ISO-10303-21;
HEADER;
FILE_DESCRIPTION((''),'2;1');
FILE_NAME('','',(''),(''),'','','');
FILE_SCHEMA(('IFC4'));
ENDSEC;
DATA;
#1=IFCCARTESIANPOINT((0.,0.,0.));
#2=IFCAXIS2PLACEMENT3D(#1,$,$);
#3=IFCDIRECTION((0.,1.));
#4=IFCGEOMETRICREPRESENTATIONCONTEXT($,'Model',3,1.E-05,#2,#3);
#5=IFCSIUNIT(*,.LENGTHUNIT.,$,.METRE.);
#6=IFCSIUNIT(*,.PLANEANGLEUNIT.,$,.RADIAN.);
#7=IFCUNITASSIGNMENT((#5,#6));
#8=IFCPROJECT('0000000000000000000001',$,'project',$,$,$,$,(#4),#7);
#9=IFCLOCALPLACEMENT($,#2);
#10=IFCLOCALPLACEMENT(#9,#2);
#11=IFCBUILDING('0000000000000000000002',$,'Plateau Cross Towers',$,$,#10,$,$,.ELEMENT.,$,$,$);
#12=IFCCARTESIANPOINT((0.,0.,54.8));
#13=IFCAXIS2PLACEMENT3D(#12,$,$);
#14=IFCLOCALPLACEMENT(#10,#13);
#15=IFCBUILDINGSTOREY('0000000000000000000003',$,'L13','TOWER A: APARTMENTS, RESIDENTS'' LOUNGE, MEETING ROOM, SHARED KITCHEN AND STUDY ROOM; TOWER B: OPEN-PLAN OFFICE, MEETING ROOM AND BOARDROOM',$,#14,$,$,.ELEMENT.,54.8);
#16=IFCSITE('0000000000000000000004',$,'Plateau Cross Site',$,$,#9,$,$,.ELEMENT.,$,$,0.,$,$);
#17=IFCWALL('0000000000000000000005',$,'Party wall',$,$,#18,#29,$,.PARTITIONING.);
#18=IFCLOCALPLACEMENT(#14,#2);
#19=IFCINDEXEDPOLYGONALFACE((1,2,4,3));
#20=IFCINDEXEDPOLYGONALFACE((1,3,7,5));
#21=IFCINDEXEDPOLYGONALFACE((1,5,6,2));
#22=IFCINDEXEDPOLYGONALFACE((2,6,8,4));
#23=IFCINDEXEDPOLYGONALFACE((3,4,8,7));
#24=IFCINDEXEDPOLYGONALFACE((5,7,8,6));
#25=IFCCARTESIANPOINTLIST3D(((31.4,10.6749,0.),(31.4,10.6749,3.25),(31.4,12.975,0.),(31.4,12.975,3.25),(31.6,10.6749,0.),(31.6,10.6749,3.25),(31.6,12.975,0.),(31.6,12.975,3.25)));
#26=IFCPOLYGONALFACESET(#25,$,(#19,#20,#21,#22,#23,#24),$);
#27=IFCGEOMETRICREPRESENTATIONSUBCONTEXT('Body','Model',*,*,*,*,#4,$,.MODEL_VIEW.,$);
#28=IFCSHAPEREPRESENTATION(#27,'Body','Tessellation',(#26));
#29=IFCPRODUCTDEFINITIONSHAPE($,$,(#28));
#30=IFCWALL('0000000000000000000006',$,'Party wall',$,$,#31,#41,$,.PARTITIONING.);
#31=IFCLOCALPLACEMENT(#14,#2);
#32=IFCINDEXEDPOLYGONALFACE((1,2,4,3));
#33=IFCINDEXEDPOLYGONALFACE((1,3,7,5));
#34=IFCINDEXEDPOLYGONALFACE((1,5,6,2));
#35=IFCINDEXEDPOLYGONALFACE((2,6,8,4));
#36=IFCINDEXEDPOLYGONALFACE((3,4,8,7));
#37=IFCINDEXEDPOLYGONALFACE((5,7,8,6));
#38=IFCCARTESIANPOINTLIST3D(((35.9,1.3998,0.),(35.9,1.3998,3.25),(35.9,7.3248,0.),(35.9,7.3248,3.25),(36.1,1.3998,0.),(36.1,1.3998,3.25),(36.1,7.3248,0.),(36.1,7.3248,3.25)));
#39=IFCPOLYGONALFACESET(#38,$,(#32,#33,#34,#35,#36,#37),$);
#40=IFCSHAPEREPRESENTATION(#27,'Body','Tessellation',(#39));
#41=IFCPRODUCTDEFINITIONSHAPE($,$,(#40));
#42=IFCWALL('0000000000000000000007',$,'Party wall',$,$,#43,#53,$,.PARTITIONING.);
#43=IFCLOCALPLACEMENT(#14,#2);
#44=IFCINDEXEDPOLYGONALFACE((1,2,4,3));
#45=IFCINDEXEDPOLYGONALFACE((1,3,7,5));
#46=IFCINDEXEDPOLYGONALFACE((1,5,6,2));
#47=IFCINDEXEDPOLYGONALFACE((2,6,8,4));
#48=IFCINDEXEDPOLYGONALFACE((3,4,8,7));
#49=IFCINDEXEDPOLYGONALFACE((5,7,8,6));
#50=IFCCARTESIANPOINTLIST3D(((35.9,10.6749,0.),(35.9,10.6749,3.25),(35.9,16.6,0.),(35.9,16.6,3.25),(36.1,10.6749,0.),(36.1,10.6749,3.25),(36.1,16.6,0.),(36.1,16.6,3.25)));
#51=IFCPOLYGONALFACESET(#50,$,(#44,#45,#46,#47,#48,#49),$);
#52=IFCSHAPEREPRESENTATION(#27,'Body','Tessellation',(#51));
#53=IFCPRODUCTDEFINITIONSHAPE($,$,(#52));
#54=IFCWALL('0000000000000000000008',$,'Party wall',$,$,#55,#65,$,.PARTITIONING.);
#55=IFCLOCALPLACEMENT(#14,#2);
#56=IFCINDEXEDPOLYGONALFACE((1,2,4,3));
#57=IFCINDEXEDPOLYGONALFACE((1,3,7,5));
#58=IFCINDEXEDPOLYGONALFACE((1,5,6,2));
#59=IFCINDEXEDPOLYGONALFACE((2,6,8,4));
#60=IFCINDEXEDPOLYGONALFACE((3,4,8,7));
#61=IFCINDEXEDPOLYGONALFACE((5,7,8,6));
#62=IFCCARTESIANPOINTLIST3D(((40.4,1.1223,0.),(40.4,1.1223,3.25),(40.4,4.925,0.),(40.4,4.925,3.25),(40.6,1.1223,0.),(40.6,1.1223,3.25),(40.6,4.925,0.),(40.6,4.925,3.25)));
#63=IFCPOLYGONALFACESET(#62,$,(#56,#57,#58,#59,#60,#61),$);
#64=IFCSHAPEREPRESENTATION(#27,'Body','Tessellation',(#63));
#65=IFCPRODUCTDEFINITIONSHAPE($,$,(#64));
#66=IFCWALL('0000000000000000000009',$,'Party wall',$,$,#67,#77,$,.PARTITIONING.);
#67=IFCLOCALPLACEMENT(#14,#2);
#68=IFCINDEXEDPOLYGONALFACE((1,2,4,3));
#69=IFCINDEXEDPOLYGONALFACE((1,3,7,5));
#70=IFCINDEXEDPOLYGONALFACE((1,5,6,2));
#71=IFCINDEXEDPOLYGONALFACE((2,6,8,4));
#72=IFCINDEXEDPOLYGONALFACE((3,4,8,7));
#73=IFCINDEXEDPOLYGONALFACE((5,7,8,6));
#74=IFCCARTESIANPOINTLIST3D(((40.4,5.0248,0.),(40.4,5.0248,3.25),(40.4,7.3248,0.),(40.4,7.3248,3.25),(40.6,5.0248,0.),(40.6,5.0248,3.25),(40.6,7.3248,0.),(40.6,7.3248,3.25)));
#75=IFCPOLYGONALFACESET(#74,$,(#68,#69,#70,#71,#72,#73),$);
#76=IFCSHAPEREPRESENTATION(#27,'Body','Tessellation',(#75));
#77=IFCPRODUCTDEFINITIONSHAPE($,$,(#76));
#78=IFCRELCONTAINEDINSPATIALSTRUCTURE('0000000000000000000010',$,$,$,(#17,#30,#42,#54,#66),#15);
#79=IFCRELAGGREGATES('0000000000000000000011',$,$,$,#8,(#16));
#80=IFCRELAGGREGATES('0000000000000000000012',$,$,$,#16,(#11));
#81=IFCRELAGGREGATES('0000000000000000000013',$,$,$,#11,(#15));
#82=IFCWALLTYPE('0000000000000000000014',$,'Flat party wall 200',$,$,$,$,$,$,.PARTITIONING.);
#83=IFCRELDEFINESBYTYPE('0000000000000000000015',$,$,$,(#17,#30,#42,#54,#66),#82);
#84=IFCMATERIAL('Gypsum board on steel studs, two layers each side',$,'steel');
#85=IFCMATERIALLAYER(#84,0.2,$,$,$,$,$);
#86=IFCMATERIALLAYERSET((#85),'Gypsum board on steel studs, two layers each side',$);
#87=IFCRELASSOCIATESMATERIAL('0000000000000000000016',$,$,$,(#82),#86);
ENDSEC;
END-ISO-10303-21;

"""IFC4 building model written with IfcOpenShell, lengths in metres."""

from ifc_helpers import new_model, si_unit, direction, frame, frame_2d, origin, place, context, subcontext, project, spatial, rectangle, extrude, material, layer, layer_set, type_object, element, save


model = new_model("IFC4")

# Units and contexts
model_context = context("Model", 3, precision=1e-05, world=origin(), true_north=direction((0.0, 1.0)))
body_context = subcontext(model_context, "Body", "Model", "MODEL_VIEW")
ifc_project = project(units=[si_unit("LENGTHUNIT", "METRE"), si_unit("PLANEANGLEUNIT", "RADIAN")], contexts=[model_context])

# Site, building, storey
site_placement = place(None, origin())
site = spatial("IfcSite", under=ifc_project, at=site_placement, Name="Plateau Cross Site", CompositionType="ELEMENT", RefElevation=0.0)
building_placement = place(site_placement, origin())
building = spatial("IfcBuilding", under=site, at=building_placement, Name="Plateau Cross Towers", CompositionType="ELEMENT")
storey_placement = place(building_placement, frame((0.0, 0.0, 54.8)))
storey = spatial("IfcBuildingStorey", under=building, at=storey_placement, Name="L13", Description="TOWER A: APARTMENTS, RESIDENTS' LOUNGE, MEETING ROOM, SHARED KITCHEN AND STUDY ROOM; TOWER B: OPEN-PLAN OFFICE, MEETING ROOM AND BOARDROOM", CompositionType="ELEMENT", Elevation=54.8)

# Walls
ifc_material_1 = material(Name="Gypsum board on steel studs, two layers each side", Category="steel")
ifc_layer_1 = layer(ifc_material_1, 0.2)
ifc_layer_set_1 = layer_set([ifc_layer_1], Name="Gypsum board on steel studs, two layers each side")
wall_type_1 = type_object("IfcWallType", Name="Flat party wall 200", PredefinedType="PARTITIONING", material=ifc_layer_set_1)
wall_1_placement = place(storey_placement, frame((31.5, 10.675, 0.0), z_axis=(0.0, 0.0, 1.0), x_axis=(0.0, 1.0, 0.0)))
element("IfcWall", 1, at=wall_1_placement, inside=storey, type_object=wall_type_1, Name="Party wall", PredefinedType="PARTITIONING", context=body_context, shape_type="SweptSolid", body=[
    extrude(rectangle(XDim=2.3, YDim=0.2, at=frame_2d((1.1499, 0.0))), origin(), (0.0, 0.0, 1.0), 3.25),
])
for number, where, z_axis, x_axis, name in (
    (2, (36.0, 1.3999, 0.0), (0.0, 0.0, 1.0), (0.0, 1.0, 0.0), "Party wall"),
    (3, (36.0, 10.675, 0.0), (0.0, 0.0, 1.0), (0.0, 1.0, 0.0), "Party wall"),
):
    element("IfcWall", number, at=place(storey_placement, frame(where, z_axis=z_axis, x_axis=x_axis)), inside=storey, type_object=wall_type_1, Name=name, PredefinedType="PARTITIONING", context=body_context, shape_type="SweptSolid", body=[
        extrude(rectangle(XDim=5.925, YDim=0.2, at=frame_2d((2.9624, 0.0))), origin(), (0.0, 0.0, 1.0), 3.25),
    ])
wall_2_placement = place(storey_placement, frame((40.5, 4.925, 0.0), z_axis=(0.0, 0.0, 1.0), x_axis=(0.0, -1.0, 0.0)))
element("IfcWall", 4, at=wall_2_placement, inside=storey, type_object=wall_type_1, Name="Party wall", PredefinedType="PARTITIONING", context=body_context, shape_type="SweptSolid", body=[
    extrude(rectangle(XDim=3.8027, YDim=0.2, at=frame_2d((1.9014, 0.0))), origin(), (0.0, 0.0, 1.0), 3.25),
])
wall_3_placement = place(storey_placement, frame((40.5, 5.0249, 0.0), z_axis=(0.0, 0.0, 1.0), x_axis=(0.0, 1.0, 0.0)))
element("IfcWall", 5, at=wall_3_placement, inside=storey, type_object=wall_type_1, Name="Party wall", PredefinedType="PARTITIONING", context=body_context, shape_type="SweptSolid", body=[
    extrude(rectangle(XDim=2.3, YDim=0.2, at=frame_2d((1.1499, 0.0))), origin(), (0.0, 0.0, 1.0), 3.25),
])

save(model, "model.ifc")
